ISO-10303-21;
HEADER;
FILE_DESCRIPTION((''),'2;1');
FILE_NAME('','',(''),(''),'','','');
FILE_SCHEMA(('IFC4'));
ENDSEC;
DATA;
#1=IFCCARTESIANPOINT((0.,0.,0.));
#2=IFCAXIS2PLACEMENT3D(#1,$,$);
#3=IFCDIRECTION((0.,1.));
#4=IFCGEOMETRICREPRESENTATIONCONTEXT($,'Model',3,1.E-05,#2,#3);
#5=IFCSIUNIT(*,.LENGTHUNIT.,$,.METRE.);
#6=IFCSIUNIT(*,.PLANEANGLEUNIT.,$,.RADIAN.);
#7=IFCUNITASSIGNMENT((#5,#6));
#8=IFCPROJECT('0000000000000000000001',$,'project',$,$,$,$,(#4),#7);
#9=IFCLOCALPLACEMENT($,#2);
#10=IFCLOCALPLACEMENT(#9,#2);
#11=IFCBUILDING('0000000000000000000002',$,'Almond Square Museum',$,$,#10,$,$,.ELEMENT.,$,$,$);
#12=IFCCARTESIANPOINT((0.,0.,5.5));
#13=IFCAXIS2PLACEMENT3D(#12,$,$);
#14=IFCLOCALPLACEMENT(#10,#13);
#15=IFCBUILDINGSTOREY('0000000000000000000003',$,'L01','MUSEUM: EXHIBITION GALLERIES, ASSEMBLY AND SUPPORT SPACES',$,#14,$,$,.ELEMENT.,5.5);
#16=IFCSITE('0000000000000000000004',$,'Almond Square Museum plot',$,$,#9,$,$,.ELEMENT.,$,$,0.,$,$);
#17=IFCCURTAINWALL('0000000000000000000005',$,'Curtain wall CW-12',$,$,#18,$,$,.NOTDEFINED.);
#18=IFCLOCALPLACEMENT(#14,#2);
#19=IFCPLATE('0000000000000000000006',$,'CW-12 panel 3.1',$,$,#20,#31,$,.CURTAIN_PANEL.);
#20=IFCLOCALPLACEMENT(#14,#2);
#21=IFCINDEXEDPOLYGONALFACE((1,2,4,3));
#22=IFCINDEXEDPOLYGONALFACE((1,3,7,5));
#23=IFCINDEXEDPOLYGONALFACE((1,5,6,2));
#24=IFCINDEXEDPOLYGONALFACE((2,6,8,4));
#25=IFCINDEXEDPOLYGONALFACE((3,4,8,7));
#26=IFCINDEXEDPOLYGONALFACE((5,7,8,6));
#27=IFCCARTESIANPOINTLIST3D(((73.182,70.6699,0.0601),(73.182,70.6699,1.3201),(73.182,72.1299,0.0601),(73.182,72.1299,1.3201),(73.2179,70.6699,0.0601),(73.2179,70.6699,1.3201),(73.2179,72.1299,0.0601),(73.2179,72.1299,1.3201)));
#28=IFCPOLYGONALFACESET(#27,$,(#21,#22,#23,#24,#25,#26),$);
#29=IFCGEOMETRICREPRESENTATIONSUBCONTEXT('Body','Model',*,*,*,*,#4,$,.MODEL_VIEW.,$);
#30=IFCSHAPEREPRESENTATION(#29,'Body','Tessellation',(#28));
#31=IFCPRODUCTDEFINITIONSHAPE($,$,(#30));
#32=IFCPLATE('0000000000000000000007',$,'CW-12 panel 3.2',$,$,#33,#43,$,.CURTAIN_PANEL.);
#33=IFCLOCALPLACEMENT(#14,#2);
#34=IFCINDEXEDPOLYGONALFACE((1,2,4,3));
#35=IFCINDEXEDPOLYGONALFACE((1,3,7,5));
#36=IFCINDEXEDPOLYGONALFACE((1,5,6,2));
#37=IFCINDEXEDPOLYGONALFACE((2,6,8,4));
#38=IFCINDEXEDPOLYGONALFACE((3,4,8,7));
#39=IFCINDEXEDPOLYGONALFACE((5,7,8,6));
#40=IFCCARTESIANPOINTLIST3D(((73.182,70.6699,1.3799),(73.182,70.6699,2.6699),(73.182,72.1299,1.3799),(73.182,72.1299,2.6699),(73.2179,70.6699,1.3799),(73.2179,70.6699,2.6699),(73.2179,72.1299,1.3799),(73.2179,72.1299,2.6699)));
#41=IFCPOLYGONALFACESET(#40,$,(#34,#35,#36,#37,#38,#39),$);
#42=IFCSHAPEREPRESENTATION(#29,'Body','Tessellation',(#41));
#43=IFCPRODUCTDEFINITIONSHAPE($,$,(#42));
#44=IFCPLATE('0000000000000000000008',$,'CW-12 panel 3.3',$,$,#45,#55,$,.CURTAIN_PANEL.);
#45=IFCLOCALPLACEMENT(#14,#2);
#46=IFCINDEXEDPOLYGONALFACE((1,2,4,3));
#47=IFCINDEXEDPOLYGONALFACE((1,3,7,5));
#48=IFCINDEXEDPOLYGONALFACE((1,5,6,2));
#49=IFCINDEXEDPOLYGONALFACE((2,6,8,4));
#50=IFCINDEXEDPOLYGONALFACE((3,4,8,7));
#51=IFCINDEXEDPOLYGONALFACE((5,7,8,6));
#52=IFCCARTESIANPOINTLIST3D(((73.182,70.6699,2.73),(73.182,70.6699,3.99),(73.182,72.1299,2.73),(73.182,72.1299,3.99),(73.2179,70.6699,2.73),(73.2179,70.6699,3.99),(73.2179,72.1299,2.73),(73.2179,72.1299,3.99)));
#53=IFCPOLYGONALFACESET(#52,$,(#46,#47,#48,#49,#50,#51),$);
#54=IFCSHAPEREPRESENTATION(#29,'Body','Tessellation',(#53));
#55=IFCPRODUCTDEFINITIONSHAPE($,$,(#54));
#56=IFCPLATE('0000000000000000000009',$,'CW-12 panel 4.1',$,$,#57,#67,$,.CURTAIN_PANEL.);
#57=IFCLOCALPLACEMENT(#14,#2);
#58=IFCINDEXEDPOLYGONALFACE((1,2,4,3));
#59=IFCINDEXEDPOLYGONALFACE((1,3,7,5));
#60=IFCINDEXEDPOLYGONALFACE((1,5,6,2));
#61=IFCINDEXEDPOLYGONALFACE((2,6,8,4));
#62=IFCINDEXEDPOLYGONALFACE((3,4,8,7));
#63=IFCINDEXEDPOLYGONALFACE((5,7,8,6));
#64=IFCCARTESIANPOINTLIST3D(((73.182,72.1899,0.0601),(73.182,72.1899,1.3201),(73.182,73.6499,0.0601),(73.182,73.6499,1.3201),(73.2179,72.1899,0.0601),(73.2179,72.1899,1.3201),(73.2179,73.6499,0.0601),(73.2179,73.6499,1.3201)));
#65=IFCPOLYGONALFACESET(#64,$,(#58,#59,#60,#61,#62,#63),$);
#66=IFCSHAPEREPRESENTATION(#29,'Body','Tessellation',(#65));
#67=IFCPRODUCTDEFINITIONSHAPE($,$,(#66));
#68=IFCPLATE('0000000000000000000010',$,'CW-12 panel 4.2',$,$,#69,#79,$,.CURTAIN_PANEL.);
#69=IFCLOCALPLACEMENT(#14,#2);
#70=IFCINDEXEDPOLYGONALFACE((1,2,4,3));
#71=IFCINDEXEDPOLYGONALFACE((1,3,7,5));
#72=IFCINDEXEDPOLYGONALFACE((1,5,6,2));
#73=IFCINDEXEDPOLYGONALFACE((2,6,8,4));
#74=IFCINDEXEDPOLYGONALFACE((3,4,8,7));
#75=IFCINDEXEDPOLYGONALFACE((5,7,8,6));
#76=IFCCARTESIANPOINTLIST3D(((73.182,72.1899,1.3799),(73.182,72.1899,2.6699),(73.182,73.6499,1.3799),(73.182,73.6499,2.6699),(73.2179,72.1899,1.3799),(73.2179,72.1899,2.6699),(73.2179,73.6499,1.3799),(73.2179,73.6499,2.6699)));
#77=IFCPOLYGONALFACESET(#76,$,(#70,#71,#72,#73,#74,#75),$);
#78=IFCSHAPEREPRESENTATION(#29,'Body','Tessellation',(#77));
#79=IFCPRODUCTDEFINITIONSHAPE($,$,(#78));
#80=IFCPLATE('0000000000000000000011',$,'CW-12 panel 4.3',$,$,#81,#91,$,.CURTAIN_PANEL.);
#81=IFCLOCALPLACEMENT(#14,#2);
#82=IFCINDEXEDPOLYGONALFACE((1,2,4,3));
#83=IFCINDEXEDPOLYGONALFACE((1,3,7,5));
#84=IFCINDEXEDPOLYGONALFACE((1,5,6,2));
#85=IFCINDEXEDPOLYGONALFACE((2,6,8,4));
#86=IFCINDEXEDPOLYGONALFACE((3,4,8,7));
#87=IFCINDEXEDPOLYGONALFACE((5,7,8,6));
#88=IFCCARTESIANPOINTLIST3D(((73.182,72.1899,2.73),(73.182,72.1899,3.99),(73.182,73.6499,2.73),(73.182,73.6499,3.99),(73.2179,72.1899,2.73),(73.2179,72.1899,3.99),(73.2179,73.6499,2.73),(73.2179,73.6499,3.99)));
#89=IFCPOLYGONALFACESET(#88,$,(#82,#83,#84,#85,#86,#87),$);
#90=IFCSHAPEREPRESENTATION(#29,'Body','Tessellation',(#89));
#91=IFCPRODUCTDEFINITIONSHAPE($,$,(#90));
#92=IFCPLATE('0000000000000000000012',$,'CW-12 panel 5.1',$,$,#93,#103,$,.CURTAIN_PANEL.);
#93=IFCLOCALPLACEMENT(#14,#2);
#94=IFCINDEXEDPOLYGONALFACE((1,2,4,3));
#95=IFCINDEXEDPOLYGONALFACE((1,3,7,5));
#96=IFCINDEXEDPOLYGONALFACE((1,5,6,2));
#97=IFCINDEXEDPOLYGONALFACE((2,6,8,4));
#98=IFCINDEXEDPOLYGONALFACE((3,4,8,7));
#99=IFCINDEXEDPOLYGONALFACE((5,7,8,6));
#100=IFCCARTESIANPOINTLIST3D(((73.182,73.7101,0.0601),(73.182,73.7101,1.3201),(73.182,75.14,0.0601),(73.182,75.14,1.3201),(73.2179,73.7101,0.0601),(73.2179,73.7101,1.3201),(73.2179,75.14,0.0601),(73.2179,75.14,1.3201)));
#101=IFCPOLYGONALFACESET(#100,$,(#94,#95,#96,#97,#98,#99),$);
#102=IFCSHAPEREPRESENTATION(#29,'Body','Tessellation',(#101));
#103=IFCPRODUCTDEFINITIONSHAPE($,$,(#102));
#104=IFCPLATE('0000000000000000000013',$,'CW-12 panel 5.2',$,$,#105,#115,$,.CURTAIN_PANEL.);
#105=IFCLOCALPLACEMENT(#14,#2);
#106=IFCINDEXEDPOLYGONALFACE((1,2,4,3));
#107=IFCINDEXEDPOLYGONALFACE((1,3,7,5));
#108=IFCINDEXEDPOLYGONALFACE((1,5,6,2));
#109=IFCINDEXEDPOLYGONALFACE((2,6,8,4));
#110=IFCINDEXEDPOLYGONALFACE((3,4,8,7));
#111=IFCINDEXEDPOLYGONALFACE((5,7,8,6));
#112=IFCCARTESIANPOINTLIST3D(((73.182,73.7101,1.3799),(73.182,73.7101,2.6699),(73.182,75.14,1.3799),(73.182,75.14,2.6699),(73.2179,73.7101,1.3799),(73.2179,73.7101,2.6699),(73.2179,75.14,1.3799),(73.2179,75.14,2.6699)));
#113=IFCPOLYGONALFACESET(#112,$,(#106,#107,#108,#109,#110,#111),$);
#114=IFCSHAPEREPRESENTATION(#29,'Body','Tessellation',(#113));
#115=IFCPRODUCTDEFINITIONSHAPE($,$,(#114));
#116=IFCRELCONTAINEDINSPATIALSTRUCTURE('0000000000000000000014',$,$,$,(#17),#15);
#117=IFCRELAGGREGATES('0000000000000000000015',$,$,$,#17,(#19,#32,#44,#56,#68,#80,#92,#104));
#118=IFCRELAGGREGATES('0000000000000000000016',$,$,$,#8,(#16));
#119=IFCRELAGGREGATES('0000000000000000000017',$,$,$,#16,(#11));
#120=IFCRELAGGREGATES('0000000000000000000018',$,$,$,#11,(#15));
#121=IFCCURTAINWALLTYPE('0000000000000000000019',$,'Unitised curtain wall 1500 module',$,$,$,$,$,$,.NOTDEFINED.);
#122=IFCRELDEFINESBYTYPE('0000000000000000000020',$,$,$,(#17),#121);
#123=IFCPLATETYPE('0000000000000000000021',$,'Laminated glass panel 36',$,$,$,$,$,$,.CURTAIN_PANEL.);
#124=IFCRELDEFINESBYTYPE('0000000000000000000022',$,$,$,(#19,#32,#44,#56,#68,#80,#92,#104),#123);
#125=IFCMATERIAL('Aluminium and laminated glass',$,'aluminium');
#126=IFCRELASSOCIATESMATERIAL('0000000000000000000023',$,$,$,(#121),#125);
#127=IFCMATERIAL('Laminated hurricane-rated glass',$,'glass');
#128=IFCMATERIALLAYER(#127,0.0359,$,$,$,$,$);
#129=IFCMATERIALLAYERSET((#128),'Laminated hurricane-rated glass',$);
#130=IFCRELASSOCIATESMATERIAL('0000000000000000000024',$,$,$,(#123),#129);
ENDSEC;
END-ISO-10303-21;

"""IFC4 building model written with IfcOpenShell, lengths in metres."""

from ifc_helpers import new_model, si_unit, direction, frame, origin, origin_2d, place, context, subcontext, project, spatial, rectangle, extrude, material, layer, layer_set, type_object, element, aggregate, save


model = new_model("IFC4")

# Units and contexts
model_context = context("Model", 3, precision=1e-05, world=origin(), true_north=direction((0.0, 1.0)))
body_context = subcontext(model_context, "Body", "Model", "MODEL_VIEW")
ifc_project = project(units=[si_unit("LENGTHUNIT", "METRE"), si_unit("PLANEANGLEUNIT", "RADIAN")], contexts=[model_context])

# Site, building, storey
site_placement = place(None, origin())
site = spatial("IfcSite", under=ifc_project, at=site_placement, Name="Almond Square Museum plot", CompositionType="ELEMENT", RefElevation=0.0)
building_placement = place(site_placement, origin())
building = spatial("IfcBuilding", under=site, at=building_placement, Name="Almond Square Museum", CompositionType="ELEMENT")
storey_placement = place(building_placement, frame((0.0, 0.0, 5.5)))
storey = spatial("IfcBuildingStorey", under=building, at=storey_placement, Name="L01", Description="MUSEUM: EXHIBITION GALLERIES, ASSEMBLY AND SUPPORT SPACES", CompositionType="ELEMENT", Elevation=5.5)

# Curtain wall, plates
ifc_material_1 = material(Name="Aluminium and laminated glass", Category="aluminium")
curtain_wall_type = type_object("IfcCurtainWallType", Name="Unitised curtain wall 1500 module", PredefinedType="NOTDEFINED", material=ifc_material_1)
curtain_wall_placement = place(storey_placement, origin())
curtain_wall = element("IfcCurtainWall", 1, at=curtain_wall_placement, inside=storey, type_object=curtain_wall_type, Name="Curtain wall CW-12", PredefinedType="NOTDEFINED")
ifc_material_2 = material(Name="Laminated hurricane-rated glass", Category="glass")
ifc_layer = layer(ifc_material_2, 0.0359)
ifc_layer_set = layer_set([ifc_layer], Name="Laminated hurricane-rated glass")
plate_type = type_object("IfcPlateType", Name="Laminated glass panel 36", PredefinedType="CURTAIN_PANEL", material=ifc_layer_set)
plate_1_placement = place(storey_placement, frame((73.2, 71.3999, 0.0601), z_axis=(0.0, 0.0, 1.0), x_axis=(0.0, 1.0, 0.0)))
plate_1 = element("IfcPlate", 2, at=plate_1_placement, type_object=plate_type, Name="CW-12 panel 3.1", PredefinedType="CURTAIN_PANEL", context=body_context, shape_type="SweptSolid", body=[
    extrude(rectangle(XDim=1.46, YDim=0.0359, at=origin_2d()), origin(), (0.0, 0.0, 1.0), 1.26),
])
plate_2_placement = place(storey_placement, frame((73.2, 71.3999, 1.3799), z_axis=(0.0, 0.0, 1.0), x_axis=(0.0, 1.0, 0.0)))
plate_2 = element("IfcPlate", 3, at=plate_2_placement, type_object=plate_type, Name="CW-12 panel 3.2", PredefinedType="CURTAIN_PANEL", context=body_context, shape_type="SweptSolid", body=[
    extrude(rectangle(XDim=1.46, YDim=0.0359, at=origin_2d()), origin(), (0.0, 0.0, 1.0), 1.29),
])
plate_3_placement = place(storey_placement, frame((73.2, 71.3999, 2.73), z_axis=(0.0, 0.0, 1.0), x_axis=(0.0, 1.0, 0.0)))
plate_3 = element("IfcPlate", 4, at=plate_3_placement, type_object=plate_type, Name="CW-12 panel 3.3", PredefinedType="CURTAIN_PANEL", context=body_context, shape_type="SweptSolid", body=[
    extrude(rectangle(XDim=1.46, YDim=0.0359, at=origin_2d()), origin(), (0.0, 0.0, 1.0), 1.26),
])
plate_4_placement = place(storey_placement, frame((73.2, 72.9199, 0.0601), z_axis=(0.0, 0.0, 1.0), x_axis=(0.0, 1.0, 0.0)))
plate_4 = element("IfcPlate", 5, at=plate_4_placement, type_object=plate_type, Name="CW-12 panel 4.1", PredefinedType="CURTAIN_PANEL", context=body_context, shape_type="SweptSolid", body=[
    extrude(rectangle(XDim=1.46, YDim=0.0359, at=origin_2d()), origin(), (0.0, 0.0, 1.0), 1.26),
])
plate_5_placement = place(storey_placement, frame((73.2, 72.9199, 1.3799), z_axis=(0.0, 0.0, 1.0), x_axis=(0.0, 1.0, 0.0)))
plate_5 = element("IfcPlate", 6, at=plate_5_placement, type_object=plate_type, Name="CW-12 panel 4.2", PredefinedType="CURTAIN_PANEL", context=body_context, shape_type="SweptSolid", body=[
    extrude(rectangle(XDim=1.46, YDim=0.0359, at=origin_2d()), origin(), (0.0, 0.0, 1.0), 1.29),
])
plate_6_placement = place(storey_placement, frame((73.2, 72.9199, 2.73), z_axis=(0.0, 0.0, 1.0), x_axis=(0.0, 1.0, 0.0)))
plate_6 = element("IfcPlate", 7, at=plate_6_placement, type_object=plate_type, Name="CW-12 panel 4.3", PredefinedType="CURTAIN_PANEL", context=body_context, shape_type="SweptSolid", body=[
    extrude(rectangle(XDim=1.46, YDim=0.0359, at=origin_2d()), origin(), (0.0, 0.0, 1.0), 1.26),
])
plate_7_placement = place(storey_placement, frame((73.2, 74.425, 0.0601), z_axis=(0.0, 0.0, 1.0), x_axis=(0.0, 1.0, 0.0)))
plate_7 = element("IfcPlate", 8, at=plate_7_placement, type_object=plate_type, Name="CW-12 panel 5.1", PredefinedType="CURTAIN_PANEL", context=body_context, shape_type="SweptSolid", body=[
    extrude(rectangle(XDim=1.4299, YDim=0.0359, at=origin_2d()), origin(), (0.0, 0.0, 1.0), 1.26),
])
plate_8_placement = place(storey_placement, frame((73.2, 74.425, 1.3799), z_axis=(0.0, 0.0, 1.0), x_axis=(0.0, 1.0, 0.0)))
plate_8 = element("IfcPlate", 9, at=plate_8_placement, type_object=plate_type, Name="CW-12 panel 5.2", PredefinedType="CURTAIN_PANEL", context=body_context, shape_type="SweptSolid", body=[
    extrude(rectangle(XDim=1.4299, YDim=0.0359, at=origin_2d()), origin(), (0.0, 0.0, 1.0), 1.29),
])
aggregate(curtain_wall, [plate_1, plate_2, plate_3, plate_4, plate_5, plate_6, plate_7, plate_8])

save(model, "model.ifc")
